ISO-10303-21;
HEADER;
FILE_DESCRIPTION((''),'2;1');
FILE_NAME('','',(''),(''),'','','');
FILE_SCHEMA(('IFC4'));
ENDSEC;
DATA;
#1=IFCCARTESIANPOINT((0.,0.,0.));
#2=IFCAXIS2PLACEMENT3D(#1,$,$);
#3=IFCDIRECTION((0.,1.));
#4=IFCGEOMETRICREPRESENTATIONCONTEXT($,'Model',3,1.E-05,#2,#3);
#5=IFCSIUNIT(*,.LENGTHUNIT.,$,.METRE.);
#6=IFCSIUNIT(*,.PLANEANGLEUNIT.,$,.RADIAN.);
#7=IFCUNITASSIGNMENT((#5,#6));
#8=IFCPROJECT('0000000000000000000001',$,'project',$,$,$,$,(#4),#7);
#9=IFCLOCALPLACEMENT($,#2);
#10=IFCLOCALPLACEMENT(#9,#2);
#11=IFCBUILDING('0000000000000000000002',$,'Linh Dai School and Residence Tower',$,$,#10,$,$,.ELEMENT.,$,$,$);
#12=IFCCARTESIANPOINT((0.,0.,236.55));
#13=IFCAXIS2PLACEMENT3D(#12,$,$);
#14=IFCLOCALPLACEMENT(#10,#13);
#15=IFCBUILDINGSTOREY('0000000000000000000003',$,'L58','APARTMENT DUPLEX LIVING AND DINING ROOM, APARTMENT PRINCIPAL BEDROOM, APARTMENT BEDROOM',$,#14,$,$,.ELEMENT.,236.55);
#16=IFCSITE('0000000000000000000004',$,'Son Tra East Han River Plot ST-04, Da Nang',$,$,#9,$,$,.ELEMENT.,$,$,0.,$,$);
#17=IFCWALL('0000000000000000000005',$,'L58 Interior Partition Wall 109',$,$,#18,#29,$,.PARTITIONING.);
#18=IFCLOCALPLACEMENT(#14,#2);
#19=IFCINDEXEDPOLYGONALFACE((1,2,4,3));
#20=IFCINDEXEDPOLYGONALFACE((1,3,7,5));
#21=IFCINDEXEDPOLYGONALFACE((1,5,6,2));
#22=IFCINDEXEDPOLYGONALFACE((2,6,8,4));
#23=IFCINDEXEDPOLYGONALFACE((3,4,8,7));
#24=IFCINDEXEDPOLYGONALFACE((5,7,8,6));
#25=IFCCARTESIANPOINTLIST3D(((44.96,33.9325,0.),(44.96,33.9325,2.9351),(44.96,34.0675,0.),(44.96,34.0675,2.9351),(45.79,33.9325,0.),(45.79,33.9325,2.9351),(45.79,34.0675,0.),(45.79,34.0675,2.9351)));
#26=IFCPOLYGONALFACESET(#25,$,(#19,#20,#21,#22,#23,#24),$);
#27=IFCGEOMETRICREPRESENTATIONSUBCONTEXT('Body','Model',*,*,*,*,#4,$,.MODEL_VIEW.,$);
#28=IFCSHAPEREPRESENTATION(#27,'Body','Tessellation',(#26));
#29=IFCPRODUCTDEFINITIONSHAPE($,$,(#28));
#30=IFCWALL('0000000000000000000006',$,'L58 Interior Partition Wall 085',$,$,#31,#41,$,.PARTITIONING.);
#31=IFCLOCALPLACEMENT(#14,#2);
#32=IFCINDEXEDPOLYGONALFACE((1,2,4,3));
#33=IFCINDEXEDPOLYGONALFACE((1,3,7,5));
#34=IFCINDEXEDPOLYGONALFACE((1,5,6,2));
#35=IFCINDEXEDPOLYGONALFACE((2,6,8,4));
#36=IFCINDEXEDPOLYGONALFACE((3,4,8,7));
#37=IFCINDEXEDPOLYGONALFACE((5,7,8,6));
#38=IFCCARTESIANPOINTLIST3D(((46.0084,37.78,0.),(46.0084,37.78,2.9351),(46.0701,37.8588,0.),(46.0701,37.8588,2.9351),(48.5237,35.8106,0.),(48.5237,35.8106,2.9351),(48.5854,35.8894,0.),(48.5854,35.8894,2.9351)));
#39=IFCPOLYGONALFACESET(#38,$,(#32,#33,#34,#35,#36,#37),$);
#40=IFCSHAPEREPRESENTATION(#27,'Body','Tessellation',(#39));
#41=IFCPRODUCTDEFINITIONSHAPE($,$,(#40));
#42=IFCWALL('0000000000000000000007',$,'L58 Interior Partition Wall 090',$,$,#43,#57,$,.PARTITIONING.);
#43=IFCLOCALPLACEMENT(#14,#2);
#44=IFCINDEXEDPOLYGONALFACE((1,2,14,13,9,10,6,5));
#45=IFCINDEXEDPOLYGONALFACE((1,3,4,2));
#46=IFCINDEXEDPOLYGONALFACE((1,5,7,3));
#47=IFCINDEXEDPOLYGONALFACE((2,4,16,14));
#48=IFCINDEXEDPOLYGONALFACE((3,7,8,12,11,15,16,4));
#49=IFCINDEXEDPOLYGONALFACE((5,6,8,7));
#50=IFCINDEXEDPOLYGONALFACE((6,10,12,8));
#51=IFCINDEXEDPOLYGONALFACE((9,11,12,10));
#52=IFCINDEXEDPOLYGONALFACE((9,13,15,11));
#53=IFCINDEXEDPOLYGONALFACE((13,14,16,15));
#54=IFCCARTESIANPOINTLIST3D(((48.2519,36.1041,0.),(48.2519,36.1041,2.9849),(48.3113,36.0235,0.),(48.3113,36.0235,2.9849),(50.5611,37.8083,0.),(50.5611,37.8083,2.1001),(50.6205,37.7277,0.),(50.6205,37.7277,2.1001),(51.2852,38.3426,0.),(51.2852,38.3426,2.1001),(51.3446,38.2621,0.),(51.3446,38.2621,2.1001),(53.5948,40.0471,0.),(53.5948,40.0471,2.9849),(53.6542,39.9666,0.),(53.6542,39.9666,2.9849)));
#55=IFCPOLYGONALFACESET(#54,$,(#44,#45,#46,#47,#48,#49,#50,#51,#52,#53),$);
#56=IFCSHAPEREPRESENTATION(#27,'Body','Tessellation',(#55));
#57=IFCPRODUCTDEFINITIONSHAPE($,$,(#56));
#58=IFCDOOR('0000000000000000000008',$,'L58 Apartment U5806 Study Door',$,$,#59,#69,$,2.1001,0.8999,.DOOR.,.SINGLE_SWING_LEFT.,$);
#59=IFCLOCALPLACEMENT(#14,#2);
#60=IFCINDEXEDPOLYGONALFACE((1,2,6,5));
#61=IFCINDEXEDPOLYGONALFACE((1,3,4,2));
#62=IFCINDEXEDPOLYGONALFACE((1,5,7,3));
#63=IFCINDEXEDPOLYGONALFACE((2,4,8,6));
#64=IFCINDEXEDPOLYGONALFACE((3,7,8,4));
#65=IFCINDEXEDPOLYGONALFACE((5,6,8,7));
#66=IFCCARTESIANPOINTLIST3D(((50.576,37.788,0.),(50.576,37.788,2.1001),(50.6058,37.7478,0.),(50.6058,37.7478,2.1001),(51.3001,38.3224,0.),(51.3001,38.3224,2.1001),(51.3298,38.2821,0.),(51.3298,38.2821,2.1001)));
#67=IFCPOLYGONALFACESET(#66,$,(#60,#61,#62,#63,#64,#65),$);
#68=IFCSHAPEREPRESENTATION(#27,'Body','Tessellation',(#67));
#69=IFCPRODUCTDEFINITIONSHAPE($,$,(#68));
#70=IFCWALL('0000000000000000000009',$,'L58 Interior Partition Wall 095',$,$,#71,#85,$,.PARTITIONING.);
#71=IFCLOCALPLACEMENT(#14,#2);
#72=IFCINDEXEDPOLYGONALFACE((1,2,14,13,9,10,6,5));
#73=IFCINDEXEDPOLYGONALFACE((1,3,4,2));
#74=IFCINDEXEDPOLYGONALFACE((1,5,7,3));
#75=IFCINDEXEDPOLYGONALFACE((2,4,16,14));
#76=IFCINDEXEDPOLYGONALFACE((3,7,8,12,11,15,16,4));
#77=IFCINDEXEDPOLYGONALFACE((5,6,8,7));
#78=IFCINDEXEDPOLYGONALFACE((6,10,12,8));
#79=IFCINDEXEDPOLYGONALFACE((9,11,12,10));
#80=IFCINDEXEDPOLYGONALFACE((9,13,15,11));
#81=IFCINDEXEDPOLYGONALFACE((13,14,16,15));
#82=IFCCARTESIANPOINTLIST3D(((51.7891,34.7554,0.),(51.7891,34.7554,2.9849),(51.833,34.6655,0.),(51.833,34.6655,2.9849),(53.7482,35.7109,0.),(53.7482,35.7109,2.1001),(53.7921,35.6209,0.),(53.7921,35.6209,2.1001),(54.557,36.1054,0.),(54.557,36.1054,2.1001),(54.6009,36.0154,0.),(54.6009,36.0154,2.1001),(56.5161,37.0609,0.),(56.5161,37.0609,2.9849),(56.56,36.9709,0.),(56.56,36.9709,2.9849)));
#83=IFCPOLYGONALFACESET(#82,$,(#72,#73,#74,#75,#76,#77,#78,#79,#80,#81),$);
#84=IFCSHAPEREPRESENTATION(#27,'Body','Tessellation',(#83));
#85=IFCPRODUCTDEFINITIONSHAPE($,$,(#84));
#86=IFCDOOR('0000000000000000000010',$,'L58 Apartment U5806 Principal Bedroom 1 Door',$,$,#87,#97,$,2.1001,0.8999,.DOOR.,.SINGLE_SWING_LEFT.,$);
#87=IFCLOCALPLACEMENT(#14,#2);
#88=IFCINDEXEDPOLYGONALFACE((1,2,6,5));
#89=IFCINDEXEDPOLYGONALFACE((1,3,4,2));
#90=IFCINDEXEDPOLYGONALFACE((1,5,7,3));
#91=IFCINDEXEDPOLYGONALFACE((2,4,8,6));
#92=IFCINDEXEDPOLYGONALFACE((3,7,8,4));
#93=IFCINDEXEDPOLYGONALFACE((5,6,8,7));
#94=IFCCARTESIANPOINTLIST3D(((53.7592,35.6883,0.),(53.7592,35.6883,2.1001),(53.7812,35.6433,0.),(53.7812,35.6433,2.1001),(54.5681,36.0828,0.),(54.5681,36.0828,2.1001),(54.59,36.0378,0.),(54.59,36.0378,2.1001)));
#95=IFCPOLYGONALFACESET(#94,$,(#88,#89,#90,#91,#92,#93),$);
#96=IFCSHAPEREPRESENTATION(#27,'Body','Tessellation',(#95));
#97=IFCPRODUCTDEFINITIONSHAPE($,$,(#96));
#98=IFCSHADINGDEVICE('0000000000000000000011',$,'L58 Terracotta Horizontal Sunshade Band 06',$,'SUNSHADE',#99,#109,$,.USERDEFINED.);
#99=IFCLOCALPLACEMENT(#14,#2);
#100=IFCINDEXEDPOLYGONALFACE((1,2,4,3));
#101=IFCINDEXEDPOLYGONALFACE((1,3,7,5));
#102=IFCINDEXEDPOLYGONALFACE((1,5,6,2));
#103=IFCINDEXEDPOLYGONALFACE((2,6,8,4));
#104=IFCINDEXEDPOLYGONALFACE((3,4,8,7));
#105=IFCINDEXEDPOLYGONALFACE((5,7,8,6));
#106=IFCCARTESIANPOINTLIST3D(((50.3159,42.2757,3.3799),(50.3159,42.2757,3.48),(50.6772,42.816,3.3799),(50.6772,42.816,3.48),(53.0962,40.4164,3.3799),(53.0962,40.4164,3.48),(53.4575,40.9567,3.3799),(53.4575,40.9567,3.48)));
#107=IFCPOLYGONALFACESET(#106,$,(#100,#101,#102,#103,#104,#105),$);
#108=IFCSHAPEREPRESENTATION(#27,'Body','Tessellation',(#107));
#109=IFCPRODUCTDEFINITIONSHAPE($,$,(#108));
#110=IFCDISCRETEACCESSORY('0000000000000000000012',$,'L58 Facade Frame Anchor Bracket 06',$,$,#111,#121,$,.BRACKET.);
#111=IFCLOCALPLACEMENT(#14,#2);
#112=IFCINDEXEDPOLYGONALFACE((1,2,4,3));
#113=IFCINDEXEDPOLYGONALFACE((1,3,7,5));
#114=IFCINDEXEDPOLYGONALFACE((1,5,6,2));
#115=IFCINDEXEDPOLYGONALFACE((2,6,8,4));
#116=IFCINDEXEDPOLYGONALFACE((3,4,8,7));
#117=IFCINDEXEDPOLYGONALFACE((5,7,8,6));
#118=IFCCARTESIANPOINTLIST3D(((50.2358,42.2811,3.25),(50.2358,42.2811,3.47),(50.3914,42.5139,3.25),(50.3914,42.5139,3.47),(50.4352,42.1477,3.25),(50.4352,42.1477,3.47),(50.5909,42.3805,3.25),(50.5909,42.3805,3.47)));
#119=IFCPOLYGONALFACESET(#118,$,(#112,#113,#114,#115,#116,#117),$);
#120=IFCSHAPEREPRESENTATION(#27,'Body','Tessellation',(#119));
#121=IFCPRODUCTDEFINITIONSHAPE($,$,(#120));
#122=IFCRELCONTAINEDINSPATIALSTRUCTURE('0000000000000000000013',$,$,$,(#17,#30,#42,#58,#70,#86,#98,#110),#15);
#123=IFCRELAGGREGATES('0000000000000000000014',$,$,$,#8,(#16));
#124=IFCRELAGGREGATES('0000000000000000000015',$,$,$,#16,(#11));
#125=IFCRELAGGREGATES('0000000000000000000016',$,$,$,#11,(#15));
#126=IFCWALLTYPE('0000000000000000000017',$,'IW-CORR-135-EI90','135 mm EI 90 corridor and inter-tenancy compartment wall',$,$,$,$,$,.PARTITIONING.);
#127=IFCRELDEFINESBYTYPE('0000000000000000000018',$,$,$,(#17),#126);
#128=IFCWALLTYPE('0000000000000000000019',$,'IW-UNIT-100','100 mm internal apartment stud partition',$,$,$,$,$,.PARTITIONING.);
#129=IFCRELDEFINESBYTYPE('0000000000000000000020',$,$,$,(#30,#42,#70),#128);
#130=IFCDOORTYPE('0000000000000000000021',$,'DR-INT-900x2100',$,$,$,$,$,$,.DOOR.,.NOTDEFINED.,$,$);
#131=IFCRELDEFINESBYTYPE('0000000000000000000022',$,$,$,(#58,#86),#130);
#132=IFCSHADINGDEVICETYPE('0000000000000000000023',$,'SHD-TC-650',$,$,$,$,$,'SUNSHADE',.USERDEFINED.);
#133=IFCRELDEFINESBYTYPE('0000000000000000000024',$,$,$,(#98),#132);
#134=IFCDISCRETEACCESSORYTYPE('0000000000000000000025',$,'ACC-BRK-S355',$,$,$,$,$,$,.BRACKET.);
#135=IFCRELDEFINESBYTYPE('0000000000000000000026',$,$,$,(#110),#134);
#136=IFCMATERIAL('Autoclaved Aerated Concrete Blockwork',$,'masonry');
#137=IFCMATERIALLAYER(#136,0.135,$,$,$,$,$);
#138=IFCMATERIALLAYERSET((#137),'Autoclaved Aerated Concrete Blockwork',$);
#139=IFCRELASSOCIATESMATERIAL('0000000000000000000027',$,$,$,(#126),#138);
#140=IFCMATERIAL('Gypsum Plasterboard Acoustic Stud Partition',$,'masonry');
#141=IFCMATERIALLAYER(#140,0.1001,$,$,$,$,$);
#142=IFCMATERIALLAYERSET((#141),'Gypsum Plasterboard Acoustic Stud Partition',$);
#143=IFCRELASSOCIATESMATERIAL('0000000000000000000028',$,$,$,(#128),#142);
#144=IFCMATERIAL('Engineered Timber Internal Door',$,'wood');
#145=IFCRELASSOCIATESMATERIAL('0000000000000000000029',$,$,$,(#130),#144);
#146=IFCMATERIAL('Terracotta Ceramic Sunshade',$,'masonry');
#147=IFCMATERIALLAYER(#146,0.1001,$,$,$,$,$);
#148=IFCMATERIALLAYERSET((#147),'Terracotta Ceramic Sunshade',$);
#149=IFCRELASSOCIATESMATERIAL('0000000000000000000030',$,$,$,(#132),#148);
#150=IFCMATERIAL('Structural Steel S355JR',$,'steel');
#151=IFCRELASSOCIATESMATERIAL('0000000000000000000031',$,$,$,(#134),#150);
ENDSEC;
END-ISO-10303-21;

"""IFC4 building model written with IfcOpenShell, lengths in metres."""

from ifc_helpers import new_model, si_unit, direction, frame, frame_2d, origin, origin_2d, place, context, subcontext, project, spatial, rectangle, extrude, source, transform, mapped, material, layer, layer_set, type_object, element, fill, save


model = new_model("IFC4")

# Units and contexts
model_context = context("Model", 3, precision=1e-05, world=origin(), true_north=direction((0.0, 1.0)))
body_context = subcontext(model_context, "Body", "Model", "MODEL_VIEW")
ifc_project = project(units=[si_unit("LENGTHUNIT", "METRE"), si_unit("PLANEANGLEUNIT", "RADIAN")], contexts=[model_context])

# Site, building, storey
site_placement = place(None, origin())
site = spatial("IfcSite", under=ifc_project, at=site_placement, Name="Son Tra East Han River Plot ST-04, Da Nang", CompositionType="ELEMENT", RefElevation=0.0)
building_placement = place(site_placement, origin())
building = spatial("IfcBuilding", under=site, at=building_placement, Name="Linh Dai School and Residence Tower", CompositionType="ELEMENT")
storey_placement = place(building_placement, frame((0.0, 0.0, 236.55)))
storey = spatial("IfcBuildingStorey", under=building, at=storey_placement, Name="L58", Description="APARTMENT DUPLEX LIVING AND DINING ROOM, APARTMENT PRINCIPAL BEDROOM, APARTMENT BEDROOM", CompositionType="ELEMENT", Elevation=236.55)

# Shared definitions
ifc_material_1 = material(Name="Structural Steel S355JR", Category="steel")

# Walls
ifc_material_2 = material(Name="Autoclaved Aerated Concrete Blockwork", Category="masonry")
ifc_layer_1 = layer(ifc_material_2, 0.135)
ifc_layer_set_1 = layer_set([ifc_layer_1], Name="Autoclaved Aerated Concrete Blockwork")
wall_type_1 = type_object("IfcWallType", Name="IW-CORR-135-EI90", Description="135 mm EI 90 corridor and inter-tenancy compartment wall", PredefinedType="PARTITIONING", material=ifc_layer_set_1)
wall_1_placement = place(storey_placement, frame((45.79, 34.0, 0.0), z_axis=(0.0, 0.0, 1.0), x_axis=(-1.0, 0.0, 0.0)))
element("IfcWall", 1, at=wall_1_placement, inside=storey, type_object=wall_type_1, Name="L58 Interior Partition Wall 109", PredefinedType="PARTITIONING", context=body_context, shape_type="SweptSolid", body=[
    extrude(rectangle(XDim=0.8301, YDim=0.135, at=frame_2d((0.415, 0.0))), origin(), (0.0, 0.0, 1.0), 2.9351),
])
ifc_material_3 = material(Name="Gypsum Plasterboard Acoustic Stud Partition", Category="masonry")
ifc_layer_2 = layer(ifc_material_3, 0.1001)
ifc_layer_set_2 = layer_set([ifc_layer_2], Name="Gypsum Plasterboard Acoustic Stud Partition")
wall_type_2 = type_object("IfcWallType", Name="IW-UNIT-100", Description="100 mm internal apartment stud partition", PredefinedType="PARTITIONING", material=ifc_layer_set_2)
wall_2_placement = place(storey_placement, frame((46.0393, 37.8193, 0.0), z_axis=(0.0, 0.0, 1.0), x_axis=(0.787365, -0.616488, 0.0)))
element("IfcWall", 2, at=wall_2_placement, inside=storey, type_object=wall_type_2, Name="L58 Interior Partition Wall 085", PredefinedType="PARTITIONING", context=body_context, shape_type="SweptSolid", body=[
    extrude(rectangle(XDim=3.1946, YDim=0.1001, at=frame_2d((1.5972, 0.0))), origin(), (0.0, 0.0, 1.0), 2.9351),
])

# Walls, openings, doors
wall_3_placement = place(storey_placement, frame((48.2815, 36.0637, 0.0), z_axis=(0.0, 0.0, 1.0), x_axis=(0.804613, 0.5938, 0.0)))
wall_3 = element("IfcWall", 3, at=wall_3_placement, inside=storey, type_object=wall_type_2, Name="L58 Interior Partition Wall 090", PredefinedType="PARTITIONING", context=body_context, shape_type="SweptSolid", body=[
    extrude(rectangle(XDim=6.6404, YDim=0.1001, at=frame_2d((3.3203, 0.0))), origin(), (0.0, 0.0, 1.0), 2.9849),
])
opening_1_placement = place(wall_3_placement, frame((2.8701, 0.0, 0.0)))
opening_1 = element("IfcOpeningElement", 4, at=opening_1_placement, cuts=wall_3, PredefinedType="OPENING", context=body_context, shape_type="SweptSolid", body=[
    extrude(rectangle(XDim=0.8999, YDim=2.1001, at=origin_2d()), frame((0.45, 0.0601, 1.05), z_axis=(0.0, -1.0, 0.0), x_axis=(1.0, 0.0, 0.0)), (0.0, 0.0, 1.0), 0.1201),
])
ifc_material_4 = material(Name="Engineered Timber Internal Door", Category="wood")
door_type = type_object("IfcDoorType", Name="DR-INT-900x2100", OperationType="NOTDEFINED", PredefinedType="DOOR", material=ifc_material_4)
shared_shape_1 = source(origin(), body_context, "Body", "SweptSolid", [
    extrude(rectangle(XDim=0.8999, YDim=2.1001, at=origin_2d()), frame((0.45, 0.0249, 1.05), z_axis=(0.0, -1.0, 0.0), x_axis=(1.0, 0.0, 0.0)), (0.0, 0.0, 1.0), 0.05),
])
door_1_placement = place(opening_1_placement, origin())
door_1 = element("IfcDoor", 5, at=door_1_placement, inside=storey, type_object=door_type, Name="L58 Apartment U5806 Study Door", OperationType="SINGLE_SWING_LEFT", OverallHeight=2.1001, OverallWidth=0.8999, PredefinedType="DOOR", context=body_context, shape_type="MappedRepresentation", body=[
    mapped(shared_shape_1, transform((0.0, 0.0, 0.0), x_axis=(1.0, 0.0, 0.0), y_axis=(0.0, 1.0, 0.0), z_axis=(0.0, 0.0, 1.0), scale=1.0)),
])
fill(opening_1, door_1)
wall_4_placement = place(storey_placement, frame((51.811, 34.7104, 0.0), z_axis=(0.0, 0.0, 1.0), x_axis=(0.898803, 0.438353, 0.0)))
wall_4 = element("IfcWall", 6, at=wall_4_placement, inside=storey, type_object=wall_type_2, Name="L58 Interior Partition Wall 095", PredefinedType="PARTITIONING", context=body_context, shape_type="SweptSolid", body=[
    extrude(rectangle(XDim=5.2593, YDim=0.1001, at=frame_2d((2.6296, 0.0))), origin(), (0.0, 0.0, 1.0), 2.9849),
])
opening_2_placement = place(wall_4_placement, frame((2.1797, 0.0, 0.0)))
opening_2 = element("IfcOpeningElement", 7, at=opening_2_placement, cuts=wall_4, PredefinedType="OPENING", context=body_context, shape_type="SweptSolid", body=[
    extrude(rectangle(XDim=0.8999, YDim=2.1001, at=origin_2d()), frame((0.45, 0.0601, 1.05), z_axis=(0.0, -1.0, 0.0), x_axis=(1.0, 0.0, 0.0)), (0.0, 0.0, 1.0), 0.1201),
])
door_2_placement = place(opening_2_placement, origin())
door_2 = element("IfcDoor", 8, at=door_2_placement, inside=storey, type_object=door_type, Name="L58 Apartment U5806 Principal Bedroom 1 Door", OperationType="SINGLE_SWING_LEFT", OverallHeight=2.1001, OverallWidth=0.8999, PredefinedType="DOOR", context=body_context, shape_type="MappedRepresentation", body=[
    mapped(shared_shape_1, transform((0.0, 0.0, 0.0), x_axis=(1.0, 0.0, 0.0), y_axis=(0.0, 1.0, 0.0), z_axis=(0.0, 0.0, 1.0), scale=1.0)),
])
fill(opening_2, door_2)

# Shading device
ifc_material_5 = material(Name="Terracotta Ceramic Sunshade", Category="masonry")
ifc_layer_3 = layer(ifc_material_5, 0.1001)
ifc_layer_set_3 = layer_set([ifc_layer_3], Name="Terracotta Ceramic Sunshade")
shading_device_type = type_object("IfcShadingDeviceType", Name="SHD-TC-650", ElementType="SUNSHADE", PredefinedType="USERDEFINED", material=ifc_layer_set_3)
shared_shape_2 = source(origin(), body_context, "Body", "SweptSolid", [
    extrude(rectangle(XDim=3.3447, YDim=0.6499, at=origin_2d()), origin(), (0.0, 0.0, 1.0), 0.1001),
])
shading_device_placement = place(storey_placement, frame((51.8867, 41.6162, 3.3799), z_axis=(0.0, 0.0, 1.0), x_axis=(0.831258, -0.555887, 0.0)))
element("IfcShadingDevice", 9, at=shading_device_placement, inside=storey, type_object=shading_device_type, Name="L58 Terracotta Horizontal Sunshade Band 06", ObjectType="SUNSHADE", PredefinedType="USERDEFINED", context=body_context, shape_type="MappedRepresentation", body=[
    mapped(shared_shape_2, transform((0.0, 0.0, 0.0), x_axis=(1.0, 0.0, 0.0), y_axis=(0.0, 1.0, 0.0), z_axis=(0.0, 0.0, 1.0), scale=1.0)),
])

# Discrete accessory
discrete_accessory_type = type_object("IfcDiscreteAccessoryType", Name="ACC-BRK-S355", PredefinedType="BRACKET", material=ifc_material_1)
shared_shape_3 = source(origin(), body_context, "Body", "SweptSolid", [
    extrude(rectangle(XDim=0.28, YDim=0.24, at=origin_2d()), origin(), (0.0, 0.0, 1.0), 0.22),
])
discrete_accessory_placement = place(storey_placement, frame((50.4133, 42.3308, 3.25), z_axis=(0.0, 0.0, 1.0), x_axis=(0.555887, 0.831258, 0.0)))
element("IfcDiscreteAccessory", 10, at=discrete_accessory_placement, inside=storey, type_object=discrete_accessory_type, Name="L58 Facade Frame Anchor Bracket 06", PredefinedType="BRACKET", context=body_context, shape_type="MappedRepresentation", body=[
    mapped(shared_shape_3, transform((0.0, 0.0, 0.0), x_axis=(1.0, 0.0, 0.0), y_axis=(0.0, 1.0, 0.0), z_axis=(0.0, 0.0, 1.0), scale=1.0)),
])

save(model, "model.ifc")
